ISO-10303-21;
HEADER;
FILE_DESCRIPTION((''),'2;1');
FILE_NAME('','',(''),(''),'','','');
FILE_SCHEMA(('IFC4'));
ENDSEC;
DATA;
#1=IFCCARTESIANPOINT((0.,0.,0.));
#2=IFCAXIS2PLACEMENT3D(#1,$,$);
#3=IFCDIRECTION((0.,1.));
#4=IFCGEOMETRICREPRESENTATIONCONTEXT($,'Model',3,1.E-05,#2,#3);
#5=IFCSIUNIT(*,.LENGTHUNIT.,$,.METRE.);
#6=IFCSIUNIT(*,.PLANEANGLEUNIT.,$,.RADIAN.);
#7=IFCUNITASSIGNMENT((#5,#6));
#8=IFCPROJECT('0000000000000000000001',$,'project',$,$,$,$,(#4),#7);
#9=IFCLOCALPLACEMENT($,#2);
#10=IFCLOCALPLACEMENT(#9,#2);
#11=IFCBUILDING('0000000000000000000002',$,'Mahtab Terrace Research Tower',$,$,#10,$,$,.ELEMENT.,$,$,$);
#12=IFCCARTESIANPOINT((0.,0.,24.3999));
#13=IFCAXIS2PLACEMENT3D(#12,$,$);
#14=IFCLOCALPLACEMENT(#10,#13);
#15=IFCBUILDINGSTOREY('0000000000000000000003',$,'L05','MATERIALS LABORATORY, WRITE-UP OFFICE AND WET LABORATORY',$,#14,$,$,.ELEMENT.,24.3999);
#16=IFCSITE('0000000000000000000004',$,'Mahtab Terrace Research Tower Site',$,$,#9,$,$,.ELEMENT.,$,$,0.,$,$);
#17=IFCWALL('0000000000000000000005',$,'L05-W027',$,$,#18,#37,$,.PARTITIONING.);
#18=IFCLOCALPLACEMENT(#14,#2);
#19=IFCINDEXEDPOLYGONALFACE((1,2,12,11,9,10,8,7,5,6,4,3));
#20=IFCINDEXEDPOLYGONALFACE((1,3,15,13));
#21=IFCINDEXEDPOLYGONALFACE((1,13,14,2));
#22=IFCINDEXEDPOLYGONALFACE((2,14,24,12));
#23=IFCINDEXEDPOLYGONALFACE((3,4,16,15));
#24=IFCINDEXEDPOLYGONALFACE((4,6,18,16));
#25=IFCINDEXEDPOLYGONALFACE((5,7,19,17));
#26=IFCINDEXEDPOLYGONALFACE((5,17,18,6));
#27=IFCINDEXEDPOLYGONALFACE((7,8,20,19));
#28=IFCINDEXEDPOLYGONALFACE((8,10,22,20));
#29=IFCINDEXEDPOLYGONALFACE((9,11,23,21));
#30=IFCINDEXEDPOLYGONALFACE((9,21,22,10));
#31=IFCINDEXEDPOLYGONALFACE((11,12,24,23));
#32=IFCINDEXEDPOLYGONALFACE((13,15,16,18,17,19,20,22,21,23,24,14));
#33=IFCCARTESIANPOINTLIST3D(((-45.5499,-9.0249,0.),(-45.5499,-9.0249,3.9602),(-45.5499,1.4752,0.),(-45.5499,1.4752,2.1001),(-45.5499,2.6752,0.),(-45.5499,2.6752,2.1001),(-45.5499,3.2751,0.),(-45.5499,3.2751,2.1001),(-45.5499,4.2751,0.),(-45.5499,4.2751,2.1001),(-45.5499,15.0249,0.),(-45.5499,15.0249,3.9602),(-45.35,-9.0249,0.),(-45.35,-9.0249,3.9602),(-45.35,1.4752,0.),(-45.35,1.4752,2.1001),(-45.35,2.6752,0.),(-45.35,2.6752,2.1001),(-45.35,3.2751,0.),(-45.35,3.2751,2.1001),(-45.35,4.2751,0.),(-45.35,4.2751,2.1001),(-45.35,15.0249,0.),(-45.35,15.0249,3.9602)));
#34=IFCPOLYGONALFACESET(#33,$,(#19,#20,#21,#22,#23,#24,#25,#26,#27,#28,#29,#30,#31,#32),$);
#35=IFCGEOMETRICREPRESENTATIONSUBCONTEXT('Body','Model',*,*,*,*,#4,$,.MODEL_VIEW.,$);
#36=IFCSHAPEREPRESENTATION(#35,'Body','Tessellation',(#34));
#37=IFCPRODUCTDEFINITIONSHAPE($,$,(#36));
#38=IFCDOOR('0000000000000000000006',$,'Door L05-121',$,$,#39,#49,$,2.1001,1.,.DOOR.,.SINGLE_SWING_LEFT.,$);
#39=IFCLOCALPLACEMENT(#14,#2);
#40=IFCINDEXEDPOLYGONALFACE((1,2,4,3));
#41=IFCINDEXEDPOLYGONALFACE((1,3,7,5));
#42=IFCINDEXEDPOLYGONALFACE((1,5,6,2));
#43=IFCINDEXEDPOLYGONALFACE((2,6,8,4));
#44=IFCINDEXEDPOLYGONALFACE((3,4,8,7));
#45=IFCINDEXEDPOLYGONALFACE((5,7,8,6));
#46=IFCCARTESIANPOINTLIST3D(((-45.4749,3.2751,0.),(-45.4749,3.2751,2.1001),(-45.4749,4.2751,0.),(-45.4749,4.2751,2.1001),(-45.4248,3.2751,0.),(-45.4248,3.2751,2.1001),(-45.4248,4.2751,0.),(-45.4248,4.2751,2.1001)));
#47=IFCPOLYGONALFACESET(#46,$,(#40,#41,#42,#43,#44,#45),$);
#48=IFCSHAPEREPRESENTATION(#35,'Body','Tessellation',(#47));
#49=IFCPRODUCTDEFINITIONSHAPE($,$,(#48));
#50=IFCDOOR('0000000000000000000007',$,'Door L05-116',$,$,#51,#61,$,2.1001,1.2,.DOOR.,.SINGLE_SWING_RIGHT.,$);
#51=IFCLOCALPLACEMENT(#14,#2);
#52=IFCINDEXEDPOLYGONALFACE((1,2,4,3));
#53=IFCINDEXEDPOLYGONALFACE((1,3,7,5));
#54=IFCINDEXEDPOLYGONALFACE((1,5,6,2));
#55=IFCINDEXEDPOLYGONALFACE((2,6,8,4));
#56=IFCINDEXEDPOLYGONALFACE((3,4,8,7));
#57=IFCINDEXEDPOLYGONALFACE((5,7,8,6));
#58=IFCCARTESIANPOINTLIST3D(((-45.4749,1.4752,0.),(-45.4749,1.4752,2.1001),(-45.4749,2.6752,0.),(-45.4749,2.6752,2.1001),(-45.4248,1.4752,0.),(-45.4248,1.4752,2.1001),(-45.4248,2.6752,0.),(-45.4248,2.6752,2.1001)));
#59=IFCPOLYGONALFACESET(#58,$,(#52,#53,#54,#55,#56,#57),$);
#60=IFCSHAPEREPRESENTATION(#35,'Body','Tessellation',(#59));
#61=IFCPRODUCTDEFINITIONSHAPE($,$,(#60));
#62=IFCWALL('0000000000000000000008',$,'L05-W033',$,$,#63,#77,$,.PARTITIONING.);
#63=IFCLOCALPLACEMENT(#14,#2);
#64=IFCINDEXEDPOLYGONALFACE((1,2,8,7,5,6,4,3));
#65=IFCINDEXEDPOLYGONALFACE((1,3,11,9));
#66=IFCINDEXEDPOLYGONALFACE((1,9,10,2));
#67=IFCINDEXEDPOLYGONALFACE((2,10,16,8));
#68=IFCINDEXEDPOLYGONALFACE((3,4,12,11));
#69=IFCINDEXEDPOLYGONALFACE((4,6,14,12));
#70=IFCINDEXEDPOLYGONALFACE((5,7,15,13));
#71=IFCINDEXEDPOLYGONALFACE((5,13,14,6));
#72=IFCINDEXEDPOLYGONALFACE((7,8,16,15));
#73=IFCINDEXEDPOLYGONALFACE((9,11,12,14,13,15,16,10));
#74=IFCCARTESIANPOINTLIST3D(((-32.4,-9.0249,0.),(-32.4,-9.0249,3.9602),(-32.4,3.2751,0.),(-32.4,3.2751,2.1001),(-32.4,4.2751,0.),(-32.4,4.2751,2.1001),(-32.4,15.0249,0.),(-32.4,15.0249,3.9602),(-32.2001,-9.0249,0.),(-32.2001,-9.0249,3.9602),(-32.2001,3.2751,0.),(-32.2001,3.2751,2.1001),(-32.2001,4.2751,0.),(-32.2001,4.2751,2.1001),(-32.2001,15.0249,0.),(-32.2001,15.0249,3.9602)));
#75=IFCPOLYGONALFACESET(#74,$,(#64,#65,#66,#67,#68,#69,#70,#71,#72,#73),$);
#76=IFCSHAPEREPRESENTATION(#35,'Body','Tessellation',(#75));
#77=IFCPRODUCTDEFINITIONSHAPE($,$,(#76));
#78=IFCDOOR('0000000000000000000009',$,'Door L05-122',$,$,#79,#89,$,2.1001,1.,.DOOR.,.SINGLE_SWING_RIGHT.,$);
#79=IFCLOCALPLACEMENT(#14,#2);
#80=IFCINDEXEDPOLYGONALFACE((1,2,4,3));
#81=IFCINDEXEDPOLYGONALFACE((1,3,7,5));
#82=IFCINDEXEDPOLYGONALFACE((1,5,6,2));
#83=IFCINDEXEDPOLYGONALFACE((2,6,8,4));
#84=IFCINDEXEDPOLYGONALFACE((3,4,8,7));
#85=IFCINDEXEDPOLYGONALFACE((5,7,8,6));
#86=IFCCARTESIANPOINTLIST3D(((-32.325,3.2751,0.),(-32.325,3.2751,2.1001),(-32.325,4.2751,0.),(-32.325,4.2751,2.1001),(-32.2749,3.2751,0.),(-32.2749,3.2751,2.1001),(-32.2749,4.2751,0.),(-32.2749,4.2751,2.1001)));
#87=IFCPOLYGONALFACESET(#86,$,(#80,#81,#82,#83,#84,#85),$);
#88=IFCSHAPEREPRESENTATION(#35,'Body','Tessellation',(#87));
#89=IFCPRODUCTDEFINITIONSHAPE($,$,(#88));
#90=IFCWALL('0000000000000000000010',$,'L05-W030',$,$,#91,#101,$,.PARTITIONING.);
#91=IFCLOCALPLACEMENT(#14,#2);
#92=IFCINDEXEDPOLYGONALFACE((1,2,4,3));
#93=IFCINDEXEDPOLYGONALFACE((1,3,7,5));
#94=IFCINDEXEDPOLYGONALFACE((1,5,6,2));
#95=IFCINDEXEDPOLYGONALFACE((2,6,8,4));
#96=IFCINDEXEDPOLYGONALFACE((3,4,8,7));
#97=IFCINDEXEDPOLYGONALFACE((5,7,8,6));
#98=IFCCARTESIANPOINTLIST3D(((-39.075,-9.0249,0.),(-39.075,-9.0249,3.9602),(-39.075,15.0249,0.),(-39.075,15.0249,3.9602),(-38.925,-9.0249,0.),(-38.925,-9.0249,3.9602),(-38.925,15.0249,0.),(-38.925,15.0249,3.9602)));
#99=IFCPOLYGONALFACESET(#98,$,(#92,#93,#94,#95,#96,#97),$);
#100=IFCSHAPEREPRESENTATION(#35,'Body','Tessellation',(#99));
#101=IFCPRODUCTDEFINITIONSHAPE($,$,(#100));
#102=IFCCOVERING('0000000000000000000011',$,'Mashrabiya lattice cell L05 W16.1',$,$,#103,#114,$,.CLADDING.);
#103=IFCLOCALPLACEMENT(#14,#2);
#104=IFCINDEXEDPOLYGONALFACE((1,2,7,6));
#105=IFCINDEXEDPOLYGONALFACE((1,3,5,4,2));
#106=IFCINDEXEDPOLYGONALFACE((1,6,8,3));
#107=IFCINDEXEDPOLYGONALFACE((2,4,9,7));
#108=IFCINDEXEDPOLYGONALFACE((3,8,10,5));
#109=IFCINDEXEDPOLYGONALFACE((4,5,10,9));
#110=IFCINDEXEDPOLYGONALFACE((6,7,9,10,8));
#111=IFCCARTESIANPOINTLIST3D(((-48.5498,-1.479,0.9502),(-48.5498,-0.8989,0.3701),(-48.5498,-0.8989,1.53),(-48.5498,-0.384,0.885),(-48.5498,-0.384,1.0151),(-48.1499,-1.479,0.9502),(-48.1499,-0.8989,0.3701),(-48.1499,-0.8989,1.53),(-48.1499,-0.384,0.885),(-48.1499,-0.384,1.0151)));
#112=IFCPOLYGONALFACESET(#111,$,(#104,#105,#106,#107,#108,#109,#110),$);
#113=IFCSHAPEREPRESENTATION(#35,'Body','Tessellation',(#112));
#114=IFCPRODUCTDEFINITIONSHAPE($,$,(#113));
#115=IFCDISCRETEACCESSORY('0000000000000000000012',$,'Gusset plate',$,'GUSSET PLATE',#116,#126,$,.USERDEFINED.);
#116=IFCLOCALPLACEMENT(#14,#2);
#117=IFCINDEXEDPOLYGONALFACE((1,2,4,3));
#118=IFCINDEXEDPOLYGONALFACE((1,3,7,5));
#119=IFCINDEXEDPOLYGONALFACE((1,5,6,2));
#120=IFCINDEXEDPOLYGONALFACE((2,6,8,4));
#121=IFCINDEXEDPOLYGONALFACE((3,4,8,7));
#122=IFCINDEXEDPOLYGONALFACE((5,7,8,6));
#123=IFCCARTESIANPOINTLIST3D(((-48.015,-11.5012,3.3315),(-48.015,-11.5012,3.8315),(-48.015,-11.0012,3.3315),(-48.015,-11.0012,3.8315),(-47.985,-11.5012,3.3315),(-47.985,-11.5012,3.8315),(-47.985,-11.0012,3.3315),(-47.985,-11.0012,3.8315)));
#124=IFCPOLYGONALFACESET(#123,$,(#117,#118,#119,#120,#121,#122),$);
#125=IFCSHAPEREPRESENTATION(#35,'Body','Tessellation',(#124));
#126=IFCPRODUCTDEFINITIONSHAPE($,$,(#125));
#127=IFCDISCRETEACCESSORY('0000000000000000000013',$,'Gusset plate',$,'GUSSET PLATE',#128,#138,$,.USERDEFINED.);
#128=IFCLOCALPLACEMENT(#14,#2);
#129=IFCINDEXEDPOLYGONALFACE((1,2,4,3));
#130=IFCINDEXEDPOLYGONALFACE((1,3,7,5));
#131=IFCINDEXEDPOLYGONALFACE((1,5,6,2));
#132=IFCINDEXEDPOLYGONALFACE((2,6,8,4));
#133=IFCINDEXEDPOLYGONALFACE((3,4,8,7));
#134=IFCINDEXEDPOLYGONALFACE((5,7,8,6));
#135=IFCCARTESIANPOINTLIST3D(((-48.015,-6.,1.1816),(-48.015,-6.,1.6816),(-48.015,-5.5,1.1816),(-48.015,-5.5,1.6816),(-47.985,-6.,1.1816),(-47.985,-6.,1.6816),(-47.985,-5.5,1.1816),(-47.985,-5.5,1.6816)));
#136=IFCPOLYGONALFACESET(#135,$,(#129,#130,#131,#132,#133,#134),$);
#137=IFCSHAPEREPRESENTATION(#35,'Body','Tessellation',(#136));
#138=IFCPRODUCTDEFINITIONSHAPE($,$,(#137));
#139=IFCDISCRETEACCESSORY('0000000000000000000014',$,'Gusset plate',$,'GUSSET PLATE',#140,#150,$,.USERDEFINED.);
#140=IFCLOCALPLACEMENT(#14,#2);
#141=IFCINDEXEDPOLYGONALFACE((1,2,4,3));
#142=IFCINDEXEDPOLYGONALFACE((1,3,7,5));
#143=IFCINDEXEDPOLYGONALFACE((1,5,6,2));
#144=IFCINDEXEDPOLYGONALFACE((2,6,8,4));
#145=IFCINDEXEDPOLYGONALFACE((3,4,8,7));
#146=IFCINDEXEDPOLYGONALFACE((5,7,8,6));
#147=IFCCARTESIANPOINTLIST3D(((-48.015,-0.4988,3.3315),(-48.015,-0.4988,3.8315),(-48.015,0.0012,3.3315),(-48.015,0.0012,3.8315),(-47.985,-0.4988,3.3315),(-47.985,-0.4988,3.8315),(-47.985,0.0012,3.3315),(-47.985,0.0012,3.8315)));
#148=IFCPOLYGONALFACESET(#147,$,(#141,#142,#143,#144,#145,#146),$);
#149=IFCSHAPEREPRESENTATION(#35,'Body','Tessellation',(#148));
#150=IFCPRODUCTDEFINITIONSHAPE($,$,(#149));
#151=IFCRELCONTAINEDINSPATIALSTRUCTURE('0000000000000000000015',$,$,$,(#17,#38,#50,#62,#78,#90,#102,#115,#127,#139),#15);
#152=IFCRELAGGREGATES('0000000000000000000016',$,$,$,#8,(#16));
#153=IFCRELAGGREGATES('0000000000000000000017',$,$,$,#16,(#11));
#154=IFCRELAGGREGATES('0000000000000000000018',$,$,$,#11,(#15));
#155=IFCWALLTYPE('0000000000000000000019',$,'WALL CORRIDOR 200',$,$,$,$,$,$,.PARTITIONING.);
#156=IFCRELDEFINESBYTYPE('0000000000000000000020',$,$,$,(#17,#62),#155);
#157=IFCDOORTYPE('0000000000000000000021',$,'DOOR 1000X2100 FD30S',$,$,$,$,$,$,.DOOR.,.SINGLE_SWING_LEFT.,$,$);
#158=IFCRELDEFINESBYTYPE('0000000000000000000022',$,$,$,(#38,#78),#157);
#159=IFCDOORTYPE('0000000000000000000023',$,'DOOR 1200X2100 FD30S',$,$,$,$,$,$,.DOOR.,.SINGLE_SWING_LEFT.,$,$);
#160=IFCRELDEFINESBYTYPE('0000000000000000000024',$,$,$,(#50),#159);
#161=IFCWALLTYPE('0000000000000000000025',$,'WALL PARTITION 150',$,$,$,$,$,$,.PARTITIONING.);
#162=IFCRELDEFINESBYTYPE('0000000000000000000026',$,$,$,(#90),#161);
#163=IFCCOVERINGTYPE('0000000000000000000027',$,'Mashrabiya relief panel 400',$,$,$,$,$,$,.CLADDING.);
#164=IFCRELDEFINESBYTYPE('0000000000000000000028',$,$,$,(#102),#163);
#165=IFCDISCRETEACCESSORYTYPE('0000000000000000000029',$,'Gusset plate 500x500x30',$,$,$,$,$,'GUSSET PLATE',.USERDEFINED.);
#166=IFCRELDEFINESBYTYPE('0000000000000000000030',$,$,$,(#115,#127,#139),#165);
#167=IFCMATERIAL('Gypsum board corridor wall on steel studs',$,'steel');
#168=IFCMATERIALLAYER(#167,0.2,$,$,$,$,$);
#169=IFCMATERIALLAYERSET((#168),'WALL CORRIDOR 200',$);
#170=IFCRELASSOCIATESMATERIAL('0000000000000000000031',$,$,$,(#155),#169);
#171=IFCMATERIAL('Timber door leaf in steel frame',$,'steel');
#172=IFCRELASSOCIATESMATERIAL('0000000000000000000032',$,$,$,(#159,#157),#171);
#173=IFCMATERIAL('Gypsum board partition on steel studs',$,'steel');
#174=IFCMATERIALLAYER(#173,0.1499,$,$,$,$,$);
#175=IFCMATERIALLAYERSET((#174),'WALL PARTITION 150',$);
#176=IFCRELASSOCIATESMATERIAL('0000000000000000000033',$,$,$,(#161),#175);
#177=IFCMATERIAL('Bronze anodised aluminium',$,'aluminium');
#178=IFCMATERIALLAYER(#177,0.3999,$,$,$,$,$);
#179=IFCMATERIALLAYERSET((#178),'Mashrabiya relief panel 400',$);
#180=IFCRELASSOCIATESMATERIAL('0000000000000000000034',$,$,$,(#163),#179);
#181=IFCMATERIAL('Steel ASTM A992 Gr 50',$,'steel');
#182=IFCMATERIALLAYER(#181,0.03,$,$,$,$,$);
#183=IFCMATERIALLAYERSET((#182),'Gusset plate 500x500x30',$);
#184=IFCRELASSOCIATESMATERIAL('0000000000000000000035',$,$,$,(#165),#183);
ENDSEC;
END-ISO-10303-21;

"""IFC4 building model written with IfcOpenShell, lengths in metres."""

from ifc_helpers import new_model, si_unit, direction, frame, frame_2d, origin, origin_2d, place, context, subcontext, project, spatial, polyline, rectangle, outline, extrude, material, layer, layer_set, type_object, element, fill, save


model = new_model("IFC4")

# Units and contexts
model_context = context("Model", 3, precision=1e-05, world=origin(), true_north=direction((0.0, 1.0)))
body_context = subcontext(model_context, "Body", "Model", "MODEL_VIEW")
ifc_project = project(units=[si_unit("LENGTHUNIT", "METRE"), si_unit("PLANEANGLEUNIT", "RADIAN")], contexts=[model_context])

# Site, building, storey
site_placement = place(None, origin())
site = spatial("IfcSite", under=ifc_project, at=site_placement, Name="Mahtab Terrace Research Tower Site", CompositionType="ELEMENT", RefElevation=0.0)
building_placement = place(site_placement, origin())
building = spatial("IfcBuilding", under=site, at=building_placement, Name="Mahtab Terrace Research Tower", CompositionType="ELEMENT")
storey_placement = place(building_placement, frame((0.0, 0.0, 24.3999)))
storey = spatial("IfcBuildingStorey", under=building, at=storey_placement, Name="L05", Description="MATERIALS LABORATORY, WRITE-UP OFFICE AND WET LABORATORY", CompositionType="ELEMENT", Elevation=24.3999)

# Shared definitions
ifc_material_1 = material(Name="Steel ASTM A992 Gr 50", Category="steel")

# Shared definitions
ifc_material_2 = material(Name="Gypsum board corridor wall on steel studs", Category="steel")
ifc_layer_1 = layer(ifc_material_2, 0.2)
ifc_layer_set_1 = layer_set([ifc_layer_1], Name="WALL CORRIDOR 200")
wall_type_1 = type_object("IfcWallType", Name="WALL CORRIDOR 200", PredefinedType="PARTITIONING", material=ifc_layer_set_1)
ifc_material_3 = material(Name="Timber door leaf in steel frame", Category="steel")
door_type_1 = type_object("IfcDoorType", Name="DOOR 1200X2100 FD30S", OperationType="SINGLE_SWING_LEFT", PredefinedType="DOOR", material=ifc_material_3)

# Wall, openings, doors
wall_1_placement = place(storey_placement, frame((-45.45, -9.0249, 0.0), z_axis=(0.0, 0.0, 1.0), x_axis=(0.0, 1.0, 0.0)))
wall_1 = element("IfcWall", 1, at=wall_1_placement, inside=storey, type_object=wall_type_1, Name="L05-W027", PredefinedType="PARTITIONING", context=body_context, shape_type="SweptSolid", body=[
    extrude(rectangle(XDim=24.0498, YDim=0.2, at=frame_2d((12.0249, 0.0))), origin(), (0.0, 0.0, 1.0), 3.9602),
])
opening_1_placement = place(wall_1_placement, frame((10.5, 0.0, 0.0)))
opening_1 = element("IfcOpeningElement", 2, at=opening_1_placement, cuts=wall_1, PredefinedType="OPENING", context=body_context, shape_type="SweptSolid", body=[
    extrude(rectangle(XDim=1.2, YDim=2.1001, at=frame_2d((0.6001, 1.05))), frame((0.0, 0.1099, 0.0), z_axis=(0.0, -1.0, 0.0), x_axis=(1.0, 0.0, 0.0)), (0.0, 0.0, 1.0), 0.22),
])
opening_2_placement = place(wall_1_placement, frame((12.3, 0.0, 0.0)))
opening_2 = element("IfcOpeningElement", 3, at=opening_2_placement, cuts=wall_1, PredefinedType="OPENING", context=body_context, shape_type="SweptSolid", body=[
    extrude(rectangle(XDim=1.0, YDim=2.1001, at=frame_2d((0.5, 1.05))), frame((0.0, 0.1099, 0.0), z_axis=(0.0, -1.0, 0.0), x_axis=(1.0, 0.0, 0.0)), (0.0, 0.0, 1.0), 0.22),
])
door_type_2 = type_object("IfcDoorType", Name="DOOR 1000X2100 FD30S", OperationType="SINGLE_SWING_LEFT", PredefinedType="DOOR", material=ifc_material_3)
door_1_placement = place(opening_2_placement, origin())
door_1 = element("IfcDoor", 4, at=door_1_placement, inside=storey, type_object=door_type_2, Name="Door L05-121", OperationType="SINGLE_SWING_LEFT", OverallHeight=2.1001, OverallWidth=1.0, PredefinedType="DOOR", context=body_context, shape_type="SweptSolid", body=[
    extrude(rectangle(XDim=1.0, YDim=2.1001, at=frame_2d((0.5, 1.05))), frame((0.0, 0.0249, 0.0), z_axis=(0.0, -1.0, 0.0), x_axis=(1.0, 0.0, 0.0)), (0.0, 0.0, 1.0), 0.05),
])
fill(opening_2, door_1)
door_2_placement = place(opening_1_placement, origin())
door_2 = element("IfcDoor", 5, at=door_2_placement, inside=storey, type_object=door_type_1, Name="Door L05-116", OperationType="SINGLE_SWING_RIGHT", OverallHeight=2.1001, OverallWidth=1.2, PredefinedType="DOOR", context=body_context, shape_type="SweptSolid", body=[
    extrude(rectangle(XDim=1.2, YDim=2.1001, at=frame_2d((0.6001, 1.05))), frame((0.0, 0.0249, 0.0), z_axis=(0.0, -1.0, 0.0), x_axis=(1.0, 0.0, 0.0)), (0.0, 0.0, 1.0), 0.05),
])
fill(opening_1, door_2)

# Wall, opening, door
wall_2_placement = place(storey_placement, frame((-32.3, -9.0249, 0.0), z_axis=(0.0, 0.0, 1.0), x_axis=(0.0, 1.0, 0.0)))
wall_2 = element("IfcWall", 6, at=wall_2_placement, inside=storey, type_object=wall_type_1, Name="L05-W033", PredefinedType="PARTITIONING", context=body_context, shape_type="SweptSolid", body=[
    extrude(rectangle(XDim=24.0498, YDim=0.2, at=frame_2d((12.0249, 0.0))), origin(), (0.0, 0.0, 1.0), 3.9602),
])
opening_3_placement = place(wall_2_placement, frame((12.3, 0.0, 0.0)))
opening_3 = element("IfcOpeningElement", 7, at=opening_3_placement, cuts=wall_2, PredefinedType="OPENING", context=body_context, shape_type="SweptSolid", body=[
    extrude(rectangle(XDim=1.0, YDim=2.1001, at=frame_2d((0.5, 1.05))), frame((0.0, 0.1099, 0.0), z_axis=(0.0, -1.0, 0.0), x_axis=(1.0, 0.0, 0.0)), (0.0, 0.0, 1.0), 0.22),
])
door_3_placement = place(opening_3_placement, origin())
door_3 = element("IfcDoor", 8, at=door_3_placement, inside=storey, type_object=door_type_2, Name="Door L05-122", OperationType="SINGLE_SWING_RIGHT", OverallHeight=2.1001, OverallWidth=1.0, PredefinedType="DOOR", context=body_context, shape_type="SweptSolid", body=[
    extrude(rectangle(XDim=1.0, YDim=2.1001, at=frame_2d((0.5, 1.05))), frame((0.0, 0.0249, 0.0), z_axis=(0.0, -1.0, 0.0), x_axis=(1.0, 0.0, 0.0)), (0.0, 0.0, 1.0), 0.05),
])
fill(opening_3, door_3)

# Wall
ifc_material_4 = material(Name="Gypsum board partition on steel studs", Category="steel")
ifc_layer_2 = layer(ifc_material_4, 0.1499)
ifc_layer_set_2 = layer_set([ifc_layer_2], Name="WALL PARTITION 150")
wall_type_2 = type_object("IfcWallType", Name="WALL PARTITION 150", PredefinedType="PARTITIONING", material=ifc_layer_set_2)
wall_3_placement = place(storey_placement, frame((-39.0, -9.0249, 0.0), z_axis=(0.0, 0.0, 1.0), x_axis=(0.0, 1.0, 0.0)))
element("IfcWall", 9, at=wall_3_placement, inside=storey, type_object=wall_type_2, Name="L05-W030", PredefinedType="PARTITIONING", context=body_context, shape_type="SweptSolid", body=[
    extrude(rectangle(XDim=24.0498, YDim=0.1499, at=frame_2d((12.0249, 0.0))), origin(), (0.0, 0.0, 1.0), 3.9602),
])

# Covering
ifc_material_5 = material(Name="Bronze anodised aluminium", Category="aluminium")
ifc_layer_3 = layer(ifc_material_5, 0.3999)
ifc_layer_set_3 = layer_set([ifc_layer_3], Name="Mashrabiya relief panel 400")
covering_type = type_object("IfcCoveringType", Name="Mashrabiya relief panel 400", PredefinedType="CLADDING", material=ifc_layer_set_3)
covering_placement = place(storey_placement, frame((-48.1499, -0.8989, 1.53), z_axis=(1.0, 0.0, 0.0), x_axis=(0.0, -0.707256, -0.706958)))
element("IfcCovering", 10, at=covering_placement, inside=storey, type_object=covering_type, Name="Mashrabiya lattice cell L05 W16.1", PredefinedType="CLADDING", context=body_context, shape_type="SweptSolid", body=[
    extrude(outline(polyline([(0.0, 0.0), (0.8202, 0.0), (0.82, 0.8204), (0.0918, 0.8202), (-0.0002, 0.7282), (0.0, 0.0)])), origin(), (0.0, 0.0, -1.0), 0.3999),
])

# Discrete accessories
ifc_layer_4 = layer(ifc_material_1, 0.03)
ifc_layer_set_4 = layer_set([ifc_layer_4], Name="Gusset plate 500x500x30")
discrete_accessory_type = type_object("IfcDiscreteAccessoryType", Name="Gusset plate 500x500x30", ElementType="GUSSET PLATE", PredefinedType="USERDEFINED", material=ifc_layer_set_4)
for number, where, z_axis, x_axis, name in (
    (11, (-48.0, -11.2512, 3.3315), (0.0, 0.0, 1.0), (0.0, 1.0, 0.0), "Gusset plate"),
    (12, (-48.0, -5.75, 1.1816), (0.0, 0.0, 1.0), (0.0, 1.0, 0.0), "Gusset plate"),
    (13, (-48.0, -0.2488, 3.3315), (0.0, 0.0, 1.0), (0.0, 1.0, 0.0), "Gusset plate"),
):
    element("IfcDiscreteAccessory", number, at=place(storey_placement, frame(where, z_axis=z_axis, x_axis=x_axis)), inside=storey, type_object=discrete_accessory_type, Name=name, ObjectType="GUSSET PLATE", PredefinedType="USERDEFINED", context=body_context, shape_type="SweptSolid", body=[
        extrude(rectangle(XDim=0.5, YDim=0.03, at=origin_2d()), origin(), (0.0, 0.0, 1.0), 0.5),
    ])

save(model, "model.ifc")
